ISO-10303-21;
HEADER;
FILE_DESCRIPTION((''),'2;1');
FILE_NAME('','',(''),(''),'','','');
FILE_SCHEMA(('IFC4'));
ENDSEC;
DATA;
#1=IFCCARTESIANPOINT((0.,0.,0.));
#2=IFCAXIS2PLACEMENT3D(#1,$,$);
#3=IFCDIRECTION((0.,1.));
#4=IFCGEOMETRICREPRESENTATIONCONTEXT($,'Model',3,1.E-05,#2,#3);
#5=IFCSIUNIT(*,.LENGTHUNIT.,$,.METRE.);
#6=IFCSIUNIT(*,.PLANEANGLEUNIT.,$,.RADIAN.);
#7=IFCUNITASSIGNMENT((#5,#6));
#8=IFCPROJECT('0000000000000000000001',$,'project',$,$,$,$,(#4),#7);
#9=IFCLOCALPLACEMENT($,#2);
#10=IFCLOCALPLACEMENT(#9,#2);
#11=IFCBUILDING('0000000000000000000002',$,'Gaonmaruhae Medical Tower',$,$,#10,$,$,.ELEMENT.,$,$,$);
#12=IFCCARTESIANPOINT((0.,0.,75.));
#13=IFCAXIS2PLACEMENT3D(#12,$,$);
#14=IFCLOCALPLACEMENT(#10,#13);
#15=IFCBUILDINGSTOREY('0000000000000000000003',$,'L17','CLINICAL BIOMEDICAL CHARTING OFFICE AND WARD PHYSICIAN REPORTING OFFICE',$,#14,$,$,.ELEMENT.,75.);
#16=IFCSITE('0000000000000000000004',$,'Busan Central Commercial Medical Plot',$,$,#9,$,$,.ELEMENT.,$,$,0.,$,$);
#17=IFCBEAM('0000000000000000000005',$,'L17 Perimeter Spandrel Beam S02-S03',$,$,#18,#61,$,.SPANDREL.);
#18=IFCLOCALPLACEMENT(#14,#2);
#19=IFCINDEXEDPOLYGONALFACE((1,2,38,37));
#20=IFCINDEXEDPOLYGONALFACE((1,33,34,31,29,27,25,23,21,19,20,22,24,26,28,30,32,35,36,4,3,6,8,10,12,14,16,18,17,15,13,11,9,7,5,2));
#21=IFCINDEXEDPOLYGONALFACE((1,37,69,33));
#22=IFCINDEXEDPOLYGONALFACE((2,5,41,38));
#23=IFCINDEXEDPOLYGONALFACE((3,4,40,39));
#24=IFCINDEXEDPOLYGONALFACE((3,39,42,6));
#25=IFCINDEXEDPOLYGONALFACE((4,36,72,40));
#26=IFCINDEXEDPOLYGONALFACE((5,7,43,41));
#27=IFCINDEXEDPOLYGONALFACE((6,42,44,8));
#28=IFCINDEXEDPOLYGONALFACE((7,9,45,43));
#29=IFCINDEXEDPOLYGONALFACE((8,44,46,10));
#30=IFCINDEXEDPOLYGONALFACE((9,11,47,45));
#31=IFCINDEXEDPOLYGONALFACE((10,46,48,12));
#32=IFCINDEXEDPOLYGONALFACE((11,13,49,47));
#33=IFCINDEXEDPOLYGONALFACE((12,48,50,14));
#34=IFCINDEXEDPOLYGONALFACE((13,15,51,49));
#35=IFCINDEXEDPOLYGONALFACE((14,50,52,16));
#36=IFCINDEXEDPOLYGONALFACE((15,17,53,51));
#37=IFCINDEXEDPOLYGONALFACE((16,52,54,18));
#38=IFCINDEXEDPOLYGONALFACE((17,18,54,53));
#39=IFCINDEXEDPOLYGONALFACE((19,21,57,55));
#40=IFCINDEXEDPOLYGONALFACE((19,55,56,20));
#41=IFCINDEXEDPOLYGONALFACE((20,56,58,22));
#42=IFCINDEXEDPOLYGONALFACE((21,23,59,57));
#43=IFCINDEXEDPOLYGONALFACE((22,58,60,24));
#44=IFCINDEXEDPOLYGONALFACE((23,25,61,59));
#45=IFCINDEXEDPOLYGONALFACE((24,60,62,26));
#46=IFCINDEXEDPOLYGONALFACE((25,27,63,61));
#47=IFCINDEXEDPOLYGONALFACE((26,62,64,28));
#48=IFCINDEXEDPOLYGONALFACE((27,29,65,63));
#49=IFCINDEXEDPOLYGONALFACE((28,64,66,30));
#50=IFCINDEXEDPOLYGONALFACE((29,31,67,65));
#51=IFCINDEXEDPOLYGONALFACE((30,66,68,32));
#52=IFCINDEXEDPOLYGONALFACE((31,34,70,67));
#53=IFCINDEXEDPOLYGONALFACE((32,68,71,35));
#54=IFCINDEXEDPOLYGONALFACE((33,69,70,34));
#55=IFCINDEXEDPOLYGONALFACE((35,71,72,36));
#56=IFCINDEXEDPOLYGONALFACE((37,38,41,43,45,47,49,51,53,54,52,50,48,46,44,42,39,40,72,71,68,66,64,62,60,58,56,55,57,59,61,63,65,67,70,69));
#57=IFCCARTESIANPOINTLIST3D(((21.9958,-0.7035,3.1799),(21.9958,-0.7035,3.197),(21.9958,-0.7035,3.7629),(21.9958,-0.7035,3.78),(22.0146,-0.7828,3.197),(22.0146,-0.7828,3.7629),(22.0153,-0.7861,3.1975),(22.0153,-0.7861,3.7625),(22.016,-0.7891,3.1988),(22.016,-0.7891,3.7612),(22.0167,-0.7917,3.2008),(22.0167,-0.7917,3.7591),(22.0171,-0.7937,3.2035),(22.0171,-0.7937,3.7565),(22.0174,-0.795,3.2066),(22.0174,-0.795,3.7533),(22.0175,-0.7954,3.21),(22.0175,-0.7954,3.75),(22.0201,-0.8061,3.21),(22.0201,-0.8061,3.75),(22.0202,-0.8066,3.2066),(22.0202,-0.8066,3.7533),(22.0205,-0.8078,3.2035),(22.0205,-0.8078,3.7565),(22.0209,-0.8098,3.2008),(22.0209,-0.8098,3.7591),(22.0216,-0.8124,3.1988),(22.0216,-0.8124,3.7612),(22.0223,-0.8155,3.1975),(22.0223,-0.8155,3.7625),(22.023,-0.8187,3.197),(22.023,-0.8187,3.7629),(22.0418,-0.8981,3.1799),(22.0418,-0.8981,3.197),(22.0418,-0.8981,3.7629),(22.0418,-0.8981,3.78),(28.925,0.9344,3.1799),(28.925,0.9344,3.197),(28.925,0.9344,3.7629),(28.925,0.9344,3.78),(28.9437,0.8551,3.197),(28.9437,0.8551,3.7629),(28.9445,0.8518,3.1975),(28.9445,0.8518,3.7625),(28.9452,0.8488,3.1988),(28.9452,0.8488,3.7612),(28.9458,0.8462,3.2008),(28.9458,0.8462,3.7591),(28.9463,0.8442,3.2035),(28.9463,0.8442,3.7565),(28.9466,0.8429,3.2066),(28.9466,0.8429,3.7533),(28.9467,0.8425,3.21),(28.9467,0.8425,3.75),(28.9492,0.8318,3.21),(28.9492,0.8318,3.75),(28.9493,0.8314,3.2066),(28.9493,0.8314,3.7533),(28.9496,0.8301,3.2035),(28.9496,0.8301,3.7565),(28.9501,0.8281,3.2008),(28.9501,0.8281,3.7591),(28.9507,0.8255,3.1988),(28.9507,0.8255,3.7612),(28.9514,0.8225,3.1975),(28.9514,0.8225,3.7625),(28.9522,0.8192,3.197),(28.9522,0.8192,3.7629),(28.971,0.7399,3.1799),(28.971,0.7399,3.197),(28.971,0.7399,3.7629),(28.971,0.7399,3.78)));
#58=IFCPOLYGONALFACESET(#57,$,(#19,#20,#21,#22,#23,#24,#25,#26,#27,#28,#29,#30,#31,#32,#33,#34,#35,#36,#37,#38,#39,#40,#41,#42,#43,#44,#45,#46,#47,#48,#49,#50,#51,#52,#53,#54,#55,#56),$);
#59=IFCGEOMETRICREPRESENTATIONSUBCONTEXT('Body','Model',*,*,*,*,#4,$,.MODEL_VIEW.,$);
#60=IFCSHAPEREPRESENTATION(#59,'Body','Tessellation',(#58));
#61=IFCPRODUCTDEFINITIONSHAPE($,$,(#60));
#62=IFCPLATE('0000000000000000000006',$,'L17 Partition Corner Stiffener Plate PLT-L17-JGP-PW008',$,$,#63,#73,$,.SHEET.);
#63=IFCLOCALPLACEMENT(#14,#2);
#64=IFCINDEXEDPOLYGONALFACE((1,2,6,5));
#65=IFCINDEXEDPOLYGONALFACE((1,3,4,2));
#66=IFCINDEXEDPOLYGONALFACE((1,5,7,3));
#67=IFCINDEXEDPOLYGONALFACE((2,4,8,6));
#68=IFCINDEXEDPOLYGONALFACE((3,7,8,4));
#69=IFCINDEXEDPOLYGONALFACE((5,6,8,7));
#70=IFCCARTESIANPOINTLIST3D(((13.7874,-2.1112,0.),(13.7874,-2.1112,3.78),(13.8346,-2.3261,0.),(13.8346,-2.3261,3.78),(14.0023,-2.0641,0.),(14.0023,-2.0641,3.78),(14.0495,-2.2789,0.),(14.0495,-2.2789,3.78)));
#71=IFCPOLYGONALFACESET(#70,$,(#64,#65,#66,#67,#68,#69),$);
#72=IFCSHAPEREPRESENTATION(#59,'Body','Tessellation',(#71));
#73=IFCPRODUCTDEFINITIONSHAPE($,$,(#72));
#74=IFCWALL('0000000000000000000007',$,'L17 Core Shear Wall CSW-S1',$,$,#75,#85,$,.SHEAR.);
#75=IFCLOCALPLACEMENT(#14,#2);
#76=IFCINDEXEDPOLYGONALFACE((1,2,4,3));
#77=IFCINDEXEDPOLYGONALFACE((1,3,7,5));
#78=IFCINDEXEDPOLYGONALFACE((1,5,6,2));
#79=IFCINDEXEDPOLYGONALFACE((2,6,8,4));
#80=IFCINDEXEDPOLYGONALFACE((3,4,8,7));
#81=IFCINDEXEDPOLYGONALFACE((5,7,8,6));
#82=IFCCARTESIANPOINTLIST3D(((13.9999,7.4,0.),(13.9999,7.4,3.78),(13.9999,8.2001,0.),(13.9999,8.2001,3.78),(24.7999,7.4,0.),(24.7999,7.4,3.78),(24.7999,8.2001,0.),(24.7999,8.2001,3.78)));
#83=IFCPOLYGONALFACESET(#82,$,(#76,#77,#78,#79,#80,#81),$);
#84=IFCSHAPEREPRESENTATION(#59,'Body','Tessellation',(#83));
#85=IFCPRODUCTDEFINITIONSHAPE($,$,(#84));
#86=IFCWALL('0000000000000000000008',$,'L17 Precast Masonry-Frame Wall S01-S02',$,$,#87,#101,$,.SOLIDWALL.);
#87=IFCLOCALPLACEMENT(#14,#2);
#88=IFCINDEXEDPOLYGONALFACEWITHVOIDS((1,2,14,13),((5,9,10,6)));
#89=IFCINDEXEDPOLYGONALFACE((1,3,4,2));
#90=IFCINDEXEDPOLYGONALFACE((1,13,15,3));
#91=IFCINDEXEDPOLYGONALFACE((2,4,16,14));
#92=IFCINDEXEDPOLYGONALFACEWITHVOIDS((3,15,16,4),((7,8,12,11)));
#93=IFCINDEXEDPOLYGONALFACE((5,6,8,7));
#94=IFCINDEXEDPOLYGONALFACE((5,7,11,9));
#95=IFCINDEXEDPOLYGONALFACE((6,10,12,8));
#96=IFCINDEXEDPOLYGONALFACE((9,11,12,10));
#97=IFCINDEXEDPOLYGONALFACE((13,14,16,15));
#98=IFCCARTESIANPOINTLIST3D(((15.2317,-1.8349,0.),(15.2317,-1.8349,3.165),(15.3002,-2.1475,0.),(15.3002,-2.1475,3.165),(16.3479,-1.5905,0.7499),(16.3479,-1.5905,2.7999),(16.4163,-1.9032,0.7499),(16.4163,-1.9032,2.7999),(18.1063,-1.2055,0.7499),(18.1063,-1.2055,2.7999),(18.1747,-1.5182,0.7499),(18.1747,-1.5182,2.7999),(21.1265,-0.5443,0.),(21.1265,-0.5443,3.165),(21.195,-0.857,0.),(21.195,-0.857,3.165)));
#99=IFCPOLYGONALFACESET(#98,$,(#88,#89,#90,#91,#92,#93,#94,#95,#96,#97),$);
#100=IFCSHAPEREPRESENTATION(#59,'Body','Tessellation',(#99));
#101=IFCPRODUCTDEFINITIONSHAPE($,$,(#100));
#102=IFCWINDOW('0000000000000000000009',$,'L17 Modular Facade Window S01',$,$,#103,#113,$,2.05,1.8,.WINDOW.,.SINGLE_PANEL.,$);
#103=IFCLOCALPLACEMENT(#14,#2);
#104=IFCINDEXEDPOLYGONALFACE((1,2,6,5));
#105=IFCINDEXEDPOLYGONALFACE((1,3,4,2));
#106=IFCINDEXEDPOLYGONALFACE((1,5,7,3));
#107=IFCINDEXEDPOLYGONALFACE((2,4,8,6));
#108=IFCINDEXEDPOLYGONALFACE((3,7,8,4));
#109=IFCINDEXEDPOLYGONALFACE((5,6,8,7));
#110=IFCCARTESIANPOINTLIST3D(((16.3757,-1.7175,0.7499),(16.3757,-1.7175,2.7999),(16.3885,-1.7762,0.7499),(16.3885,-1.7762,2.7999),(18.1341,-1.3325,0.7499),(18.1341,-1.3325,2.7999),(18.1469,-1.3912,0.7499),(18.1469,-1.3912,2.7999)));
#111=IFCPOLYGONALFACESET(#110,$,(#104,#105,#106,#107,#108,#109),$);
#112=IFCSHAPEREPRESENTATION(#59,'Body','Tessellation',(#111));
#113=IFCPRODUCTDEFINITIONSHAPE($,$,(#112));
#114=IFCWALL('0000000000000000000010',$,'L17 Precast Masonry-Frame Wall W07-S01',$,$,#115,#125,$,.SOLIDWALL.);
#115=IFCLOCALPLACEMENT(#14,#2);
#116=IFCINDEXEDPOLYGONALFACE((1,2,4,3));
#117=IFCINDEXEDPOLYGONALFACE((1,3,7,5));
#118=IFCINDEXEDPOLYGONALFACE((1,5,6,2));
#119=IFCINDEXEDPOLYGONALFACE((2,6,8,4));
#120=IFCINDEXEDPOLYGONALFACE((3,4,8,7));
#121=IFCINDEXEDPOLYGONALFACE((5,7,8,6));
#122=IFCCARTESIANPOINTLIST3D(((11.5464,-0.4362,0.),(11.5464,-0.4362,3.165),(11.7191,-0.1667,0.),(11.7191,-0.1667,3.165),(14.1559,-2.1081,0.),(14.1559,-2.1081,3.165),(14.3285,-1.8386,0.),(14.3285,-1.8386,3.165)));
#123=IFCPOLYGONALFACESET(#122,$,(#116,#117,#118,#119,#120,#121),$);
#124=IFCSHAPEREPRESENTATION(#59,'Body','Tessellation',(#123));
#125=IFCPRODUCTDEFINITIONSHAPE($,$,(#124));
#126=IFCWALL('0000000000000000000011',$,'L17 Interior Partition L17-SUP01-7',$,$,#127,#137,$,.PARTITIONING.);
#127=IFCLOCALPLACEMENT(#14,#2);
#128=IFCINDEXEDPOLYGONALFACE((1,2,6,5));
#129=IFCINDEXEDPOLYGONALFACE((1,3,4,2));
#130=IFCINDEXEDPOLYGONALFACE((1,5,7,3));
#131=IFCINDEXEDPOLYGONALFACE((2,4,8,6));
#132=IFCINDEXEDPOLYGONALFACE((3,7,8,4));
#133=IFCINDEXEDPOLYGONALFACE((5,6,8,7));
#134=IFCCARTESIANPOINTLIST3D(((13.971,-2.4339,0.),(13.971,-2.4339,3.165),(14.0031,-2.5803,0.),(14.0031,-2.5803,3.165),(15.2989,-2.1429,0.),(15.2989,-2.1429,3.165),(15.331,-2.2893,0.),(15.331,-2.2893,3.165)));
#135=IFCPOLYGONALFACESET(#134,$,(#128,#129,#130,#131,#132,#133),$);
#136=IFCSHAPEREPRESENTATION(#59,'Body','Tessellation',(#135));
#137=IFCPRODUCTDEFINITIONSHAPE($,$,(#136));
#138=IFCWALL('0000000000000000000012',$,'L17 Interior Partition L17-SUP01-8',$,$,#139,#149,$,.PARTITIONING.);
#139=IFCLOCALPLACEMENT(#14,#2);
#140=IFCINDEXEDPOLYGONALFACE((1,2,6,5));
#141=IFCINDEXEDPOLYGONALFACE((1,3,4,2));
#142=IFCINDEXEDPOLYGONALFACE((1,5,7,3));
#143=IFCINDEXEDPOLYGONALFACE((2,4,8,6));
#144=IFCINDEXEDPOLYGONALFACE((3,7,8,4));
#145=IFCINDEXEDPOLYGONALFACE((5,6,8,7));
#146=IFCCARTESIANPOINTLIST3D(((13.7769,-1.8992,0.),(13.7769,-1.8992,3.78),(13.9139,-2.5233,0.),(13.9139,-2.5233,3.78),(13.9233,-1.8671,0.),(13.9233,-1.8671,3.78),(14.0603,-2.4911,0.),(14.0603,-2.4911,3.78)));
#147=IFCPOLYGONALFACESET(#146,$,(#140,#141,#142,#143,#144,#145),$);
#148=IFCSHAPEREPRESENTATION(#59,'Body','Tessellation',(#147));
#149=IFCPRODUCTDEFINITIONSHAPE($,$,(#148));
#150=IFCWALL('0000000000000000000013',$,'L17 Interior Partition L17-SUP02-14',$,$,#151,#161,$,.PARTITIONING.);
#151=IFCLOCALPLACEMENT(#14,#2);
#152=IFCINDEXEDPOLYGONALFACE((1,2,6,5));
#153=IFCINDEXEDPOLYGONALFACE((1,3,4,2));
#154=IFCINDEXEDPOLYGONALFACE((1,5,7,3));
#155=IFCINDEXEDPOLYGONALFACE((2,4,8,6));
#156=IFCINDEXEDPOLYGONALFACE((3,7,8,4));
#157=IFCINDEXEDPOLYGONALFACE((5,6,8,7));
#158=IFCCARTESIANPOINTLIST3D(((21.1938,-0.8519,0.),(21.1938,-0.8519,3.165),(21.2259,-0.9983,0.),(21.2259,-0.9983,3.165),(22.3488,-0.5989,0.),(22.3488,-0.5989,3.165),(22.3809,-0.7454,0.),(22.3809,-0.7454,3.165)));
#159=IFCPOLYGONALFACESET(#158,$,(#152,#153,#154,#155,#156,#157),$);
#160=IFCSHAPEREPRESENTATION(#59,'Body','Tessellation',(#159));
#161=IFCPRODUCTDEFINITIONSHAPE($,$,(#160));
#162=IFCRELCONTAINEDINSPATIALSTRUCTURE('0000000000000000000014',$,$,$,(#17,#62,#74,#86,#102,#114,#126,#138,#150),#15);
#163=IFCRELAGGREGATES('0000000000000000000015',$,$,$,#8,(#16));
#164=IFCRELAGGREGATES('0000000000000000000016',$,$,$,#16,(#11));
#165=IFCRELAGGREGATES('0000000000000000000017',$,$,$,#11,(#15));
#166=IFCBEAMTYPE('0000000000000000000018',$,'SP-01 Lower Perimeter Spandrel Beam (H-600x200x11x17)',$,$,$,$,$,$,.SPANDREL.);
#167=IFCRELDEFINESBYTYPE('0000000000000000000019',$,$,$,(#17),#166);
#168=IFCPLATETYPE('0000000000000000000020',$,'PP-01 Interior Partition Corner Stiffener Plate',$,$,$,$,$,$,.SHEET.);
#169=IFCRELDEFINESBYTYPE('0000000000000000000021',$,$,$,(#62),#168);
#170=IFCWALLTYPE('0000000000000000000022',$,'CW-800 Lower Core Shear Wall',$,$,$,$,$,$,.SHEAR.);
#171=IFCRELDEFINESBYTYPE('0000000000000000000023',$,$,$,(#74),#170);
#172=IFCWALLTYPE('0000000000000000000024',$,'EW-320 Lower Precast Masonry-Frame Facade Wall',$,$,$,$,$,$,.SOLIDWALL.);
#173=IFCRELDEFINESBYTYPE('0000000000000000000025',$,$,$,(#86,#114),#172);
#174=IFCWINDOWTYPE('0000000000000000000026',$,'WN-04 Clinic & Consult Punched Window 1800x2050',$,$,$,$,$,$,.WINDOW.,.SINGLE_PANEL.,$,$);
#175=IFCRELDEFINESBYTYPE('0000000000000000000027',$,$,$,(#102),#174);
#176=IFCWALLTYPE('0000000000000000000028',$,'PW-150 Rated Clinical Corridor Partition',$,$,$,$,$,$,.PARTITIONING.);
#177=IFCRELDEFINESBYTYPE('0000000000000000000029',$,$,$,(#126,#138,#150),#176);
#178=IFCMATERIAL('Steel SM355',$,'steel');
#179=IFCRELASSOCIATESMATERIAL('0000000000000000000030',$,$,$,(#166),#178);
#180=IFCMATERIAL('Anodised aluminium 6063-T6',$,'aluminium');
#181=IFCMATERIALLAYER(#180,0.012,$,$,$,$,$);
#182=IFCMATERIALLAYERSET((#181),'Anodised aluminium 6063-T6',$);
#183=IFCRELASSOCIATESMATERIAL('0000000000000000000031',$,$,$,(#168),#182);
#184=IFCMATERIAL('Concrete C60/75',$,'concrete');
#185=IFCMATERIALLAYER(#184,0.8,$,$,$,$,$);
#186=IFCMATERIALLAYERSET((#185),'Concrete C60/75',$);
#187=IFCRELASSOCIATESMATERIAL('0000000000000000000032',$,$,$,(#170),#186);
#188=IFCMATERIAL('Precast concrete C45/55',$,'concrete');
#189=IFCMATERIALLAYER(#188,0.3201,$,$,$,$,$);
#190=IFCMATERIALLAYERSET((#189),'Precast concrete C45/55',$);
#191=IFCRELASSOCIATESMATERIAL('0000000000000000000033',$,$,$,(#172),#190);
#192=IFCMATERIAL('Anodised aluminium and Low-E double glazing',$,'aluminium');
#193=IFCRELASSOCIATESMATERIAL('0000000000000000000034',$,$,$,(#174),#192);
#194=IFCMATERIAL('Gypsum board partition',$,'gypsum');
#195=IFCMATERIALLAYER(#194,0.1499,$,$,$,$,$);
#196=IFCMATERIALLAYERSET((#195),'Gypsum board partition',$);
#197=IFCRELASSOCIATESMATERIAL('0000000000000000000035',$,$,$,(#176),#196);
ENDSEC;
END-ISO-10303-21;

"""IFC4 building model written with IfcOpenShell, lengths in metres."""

from ifc_helpers import new_model, si_unit, direction, frame, frame_2d, origin, origin_2d, place, context, subcontext, project, spatial, rectangle, i_section, extrude, material, layer, layer_set, material_profile, profile_set, type_object, element, fill, save


model = new_model("IFC4")

# Units and contexts
model_context = context("Model", 3, precision=1e-05, world=origin(), true_north=direction((0.0, 1.0)))
body_context = subcontext(model_context, "Body", "Model", "MODEL_VIEW")
ifc_project = project(units=[si_unit("LENGTHUNIT", "METRE"), si_unit("PLANEANGLEUNIT", "RADIAN")], contexts=[model_context])

# Site, building, storey
site_placement = place(None, origin())
site = spatial("IfcSite", under=ifc_project, at=site_placement, Name="Busan Central Commercial Medical Plot", CompositionType="ELEMENT", RefElevation=0.0)
building_placement = place(site_placement, origin())
building = spatial("IfcBuilding", under=site, at=building_placement, Name="Gaonmaruhae Medical Tower", CompositionType="ELEMENT")
storey_placement = place(building_placement, frame((0.0, 0.0, 75.0)))
storey = spatial("IfcBuildingStorey", under=building, at=storey_placement, Name="L17", Description="CLINICAL BIOMEDICAL CHARTING OFFICE AND WARD PHYSICIAN REPORTING OFFICE", CompositionType="ELEMENT", Elevation=75.0)

# Shared definitions
ifc_material_1 = material(Name="Concrete C60/75", Category="concrete")

# Beam
ifc_material_2 = material(Name="Steel SM355", Category="steel")
ifc_material_profile_1 = material_profile(ifc_material_2, i_section(OverallWidth=0.2, OverallDepth=0.6001, WebThickness=0.011, FlangeThickness=0.0171, FilletRadius=0.0129, at=origin_2d()), Name="H-600x200x11x17")
ifc_profile_set_1 = profile_set([ifc_material_profile_1], Name="Steel SM355")
beam_type_1 = type_object("IfcBeamType", Name="SP-01 Lower Perimeter Spandrel Beam (H-600x200x11x17)", PredefinedType="SPANDREL", material=ifc_profile_set_1)
beam_1_placement = place(storey_placement, frame((22.0188, -0.8008, 3.48), z_axis=(0.973181, 0.230043, 0.0), x_axis=(-0.230043, 0.973181, 0.0)))
element("IfcBeam", 1, at=beam_1_placement, inside=storey, type_object=beam_type_1, Name="L17 Perimeter Spandrel Beam S02-S03", PredefinedType="SPANDREL", context=body_context, shape_type="SweptSolid", body=[
    extrude(i_section(OverallWidth=0.2, OverallDepth=0.6001, WebThickness=0.011, FlangeThickness=0.0171, FilletRadius=0.0129, at=origin_2d()), origin(), (0.0, 0.0, 1.0), 7.1201),
])

# Plate
ifc_material_3 = material(Name="Anodised aluminium 6063-T6", Category="aluminium")
ifc_layer_1 = layer(ifc_material_3, 0.012)
ifc_layer_set_1 = layer_set([ifc_layer_1], Name="Anodised aluminium 6063-T6")
plate_type = type_object("IfcPlateType", Name="PP-01 Interior Partition Corner Stiffener Plate", PredefinedType="SHEET", material=ifc_layer_set_1)
plate_placement = place(storey_placement, frame((13.9185, -2.1951, 0.0), z_axis=(0.0, 0.0, 1.0), x_axis=(-0.214446, 0.976736, 0.0)))
element("IfcPlate", 2, at=plate_placement, inside=storey, type_object=plate_type, Name="L17 Partition Corner Stiffener Plate PLT-L17-JGP-PW008", PredefinedType="SHEET", context=body_context, shape_type="SweptSolid", body=[
    extrude(rectangle(XDim=0.22, YDim=0.22, at=origin_2d()), origin(), (0.0, 0.0, 1.0), 3.78),
])

# Wall
ifc_layer_2 = layer(ifc_material_1, 0.8)
ifc_layer_set_2 = layer_set([ifc_layer_2], Name="Concrete C60/75")
wall_type_1 = type_object("IfcWallType", Name="CW-800 Lower Core Shear Wall", PredefinedType="SHEAR", material=ifc_layer_set_2)
wall_1_placement = place(storey_placement, frame((14.0, 7.8, 0.0), z_axis=(0.0, 0.0, 1.0), x_axis=(1.0, 0.0, 0.0)))
element("IfcWall", 3, at=wall_1_placement, inside=storey, type_object=wall_type_1, Name="L17 Core Shear Wall CSW-S1", PredefinedType="SHEAR", context=body_context, shape_type="SweptSolid", body=[
    extrude(rectangle(XDim=10.8, YDim=0.8, at=frame_2d((5.3999, 0.0))), origin(), (0.0, 0.0, 1.0), 3.78),
])

# Wall, opening, window
ifc_material_4 = material(Name="Precast concrete C45/55", Category="concrete")
ifc_layer_3 = layer(ifc_material_4, 0.3201)
ifc_layer_set_3 = layer_set([ifc_layer_3], Name="Precast concrete C45/55")
wall_type_2 = type_object("IfcWallType", Name="EW-320 Lower Precast Masonry-Frame Facade Wall", PredefinedType="SOLIDWALL", material=ifc_layer_set_3)
wall_2_placement = place(storey_placement, frame((21.1606, -0.7007, 0.0), z_axis=(0.0, 0.0, 1.0), x_axis=(-0.976864, -0.213862, 0.0)))
wall_2 = element("IfcWall", 4, at=wall_2_placement, inside=storey, type_object=wall_type_2, Name="L17 Precast Masonry-Frame Wall S01-S02", PredefinedType="SOLIDWALL", context=body_context, shape_type="SweptSolid", body=[
    extrude(rectangle(XDim=6.0344, YDim=0.3201, at=frame_2d((3.0171, 0.0))), origin(), (0.0, 0.0, 1.0), 3.165),
])
opening_1_placement = place(wall_2_placement, frame((3.0918, 0.0, 0.75)))
opening_1 = element("IfcOpeningElement", 5, at=opening_1_placement, cuts=wall_2, PredefinedType="OPENING", context=body_context, shape_type="SweptSolid", body=[
    extrude(rectangle(XDim=1.8, YDim=2.05, at=frame_2d((0.8999, 1.0249))), frame((0.0, 0.1699, 0.0), z_axis=(0.0, -1.0, 0.0), x_axis=(1.0, 0.0, 0.0)), (0.0, 0.0, 1.0), 0.3401),
])
ifc_material_5 = material(Name="Anodised aluminium and Low-E double glazing", Category="aluminium")
window_type = type_object("IfcWindowType", Name="WN-04 Clinic & Consult Punched Window 1800x2050", PartitioningType="SINGLE_PANEL", PredefinedType="WINDOW", material=ifc_material_5)
window_placement = place(opening_1_placement, origin())
window = element("IfcWindow", 6, at=window_placement, inside=storey, type_object=window_type, Name="L17 Modular Facade Window S01", OverallHeight=2.05, OverallWidth=1.8, PartitioningType="SINGLE_PANEL", PredefinedType="WINDOW", context=body_context, shape_type="SweptSolid", body=[
    extrude(rectangle(XDim=1.8, YDim=2.05, at=frame_2d((0.8999, 1.0249))), frame((0.0, 0.03, 0.0), z_axis=(0.0, -1.0, 0.0), x_axis=(1.0, 0.0, 0.0)), (0.0, 0.0, 1.0), 0.0601),
])
fill(opening_1, window)

# Walls
wall_3_placement = place(storey_placement, frame((14.2422, -1.9734, 0.0), z_axis=(0.0, 0.0, 1.0), x_axis=(-0.841997, 0.539483, 0.0)))
element("IfcWall", 7, at=wall_3_placement, inside=storey, type_object=wall_type_2, Name="L17 Precast Masonry-Frame Wall W07-S01", PredefinedType="SOLIDWALL", context=body_context, shape_type="SweptSolid", body=[
    extrude(rectangle(XDim=3.0991, YDim=0.3201, at=frame_2d((1.5496, 0.0))), origin(), (0.0, 0.0, 1.0), 3.165),
])
ifc_material_6 = material(Name="Gypsum board partition", Category="gypsum")
ifc_layer_4 = layer(ifc_material_6, 0.1499)
ifc_layer_set_4 = layer_set([ifc_layer_4], Name="Gypsum board partition")
wall_type_3 = type_object("IfcWallType", Name="PW-150 Rated Clinical Corridor Partition", PredefinedType="PARTITIONING", material=ifc_layer_set_4)
wall_4_placement = place(storey_placement, frame((15.3149, -2.2161, 0.0), z_axis=(0.0, 0.0, 1.0), x_axis=(-0.976817, -0.214077, 0.0)))
element("IfcWall", 8, at=wall_4_placement, inside=storey, type_object=wall_type_3, Name="L17 Interior Partition L17-SUP01-7", PredefinedType="PARTITIONING", context=body_context, shape_type="SweptSolid", body=[
    extrude(rectangle(XDim=1.3594, YDim=0.1499, at=frame_2d((0.6797, 0.0))), origin(), (0.0, 0.0, 1.0), 3.165),
])
wall_5_placement = place(storey_placement, frame((13.9871, -2.5071, 0.0), z_axis=(0.0, 0.0, 1.0), x_axis=(-0.214381, 0.97675, 0.0)))
element("IfcWall", 9, at=wall_5_placement, inside=storey, type_object=wall_type_3, Name="L17 Interior Partition L17-SUP01-8", PredefinedType="PARTITIONING", context=body_context, shape_type="SweptSolid", body=[
    extrude(rectangle(XDim=0.6389, YDim=0.1499, at=frame_2d((0.3193, 0.0))), origin(), (0.0, 0.0, 1.0), 3.78),
])
wall_6_placement = place(storey_placement, frame((22.365, -0.6721, 0.0), z_axis=(0.0, 0.0, 1.0), x_axis=(-0.976853, -0.213912, 0.0)))
element("IfcWall", 10, at=wall_6_placement, inside=storey, type_object=wall_type_3, Name="L17 Interior Partition L17-SUP02-14", PredefinedType="PARTITIONING", context=body_context, shape_type="SweptSolid", body=[
    extrude(rectangle(XDim=1.1824, YDim=0.1499, at=frame_2d((0.5913, 0.0))), origin(), (0.0, 0.0, 1.0), 3.165),
])

save(model, "model.ifc")
